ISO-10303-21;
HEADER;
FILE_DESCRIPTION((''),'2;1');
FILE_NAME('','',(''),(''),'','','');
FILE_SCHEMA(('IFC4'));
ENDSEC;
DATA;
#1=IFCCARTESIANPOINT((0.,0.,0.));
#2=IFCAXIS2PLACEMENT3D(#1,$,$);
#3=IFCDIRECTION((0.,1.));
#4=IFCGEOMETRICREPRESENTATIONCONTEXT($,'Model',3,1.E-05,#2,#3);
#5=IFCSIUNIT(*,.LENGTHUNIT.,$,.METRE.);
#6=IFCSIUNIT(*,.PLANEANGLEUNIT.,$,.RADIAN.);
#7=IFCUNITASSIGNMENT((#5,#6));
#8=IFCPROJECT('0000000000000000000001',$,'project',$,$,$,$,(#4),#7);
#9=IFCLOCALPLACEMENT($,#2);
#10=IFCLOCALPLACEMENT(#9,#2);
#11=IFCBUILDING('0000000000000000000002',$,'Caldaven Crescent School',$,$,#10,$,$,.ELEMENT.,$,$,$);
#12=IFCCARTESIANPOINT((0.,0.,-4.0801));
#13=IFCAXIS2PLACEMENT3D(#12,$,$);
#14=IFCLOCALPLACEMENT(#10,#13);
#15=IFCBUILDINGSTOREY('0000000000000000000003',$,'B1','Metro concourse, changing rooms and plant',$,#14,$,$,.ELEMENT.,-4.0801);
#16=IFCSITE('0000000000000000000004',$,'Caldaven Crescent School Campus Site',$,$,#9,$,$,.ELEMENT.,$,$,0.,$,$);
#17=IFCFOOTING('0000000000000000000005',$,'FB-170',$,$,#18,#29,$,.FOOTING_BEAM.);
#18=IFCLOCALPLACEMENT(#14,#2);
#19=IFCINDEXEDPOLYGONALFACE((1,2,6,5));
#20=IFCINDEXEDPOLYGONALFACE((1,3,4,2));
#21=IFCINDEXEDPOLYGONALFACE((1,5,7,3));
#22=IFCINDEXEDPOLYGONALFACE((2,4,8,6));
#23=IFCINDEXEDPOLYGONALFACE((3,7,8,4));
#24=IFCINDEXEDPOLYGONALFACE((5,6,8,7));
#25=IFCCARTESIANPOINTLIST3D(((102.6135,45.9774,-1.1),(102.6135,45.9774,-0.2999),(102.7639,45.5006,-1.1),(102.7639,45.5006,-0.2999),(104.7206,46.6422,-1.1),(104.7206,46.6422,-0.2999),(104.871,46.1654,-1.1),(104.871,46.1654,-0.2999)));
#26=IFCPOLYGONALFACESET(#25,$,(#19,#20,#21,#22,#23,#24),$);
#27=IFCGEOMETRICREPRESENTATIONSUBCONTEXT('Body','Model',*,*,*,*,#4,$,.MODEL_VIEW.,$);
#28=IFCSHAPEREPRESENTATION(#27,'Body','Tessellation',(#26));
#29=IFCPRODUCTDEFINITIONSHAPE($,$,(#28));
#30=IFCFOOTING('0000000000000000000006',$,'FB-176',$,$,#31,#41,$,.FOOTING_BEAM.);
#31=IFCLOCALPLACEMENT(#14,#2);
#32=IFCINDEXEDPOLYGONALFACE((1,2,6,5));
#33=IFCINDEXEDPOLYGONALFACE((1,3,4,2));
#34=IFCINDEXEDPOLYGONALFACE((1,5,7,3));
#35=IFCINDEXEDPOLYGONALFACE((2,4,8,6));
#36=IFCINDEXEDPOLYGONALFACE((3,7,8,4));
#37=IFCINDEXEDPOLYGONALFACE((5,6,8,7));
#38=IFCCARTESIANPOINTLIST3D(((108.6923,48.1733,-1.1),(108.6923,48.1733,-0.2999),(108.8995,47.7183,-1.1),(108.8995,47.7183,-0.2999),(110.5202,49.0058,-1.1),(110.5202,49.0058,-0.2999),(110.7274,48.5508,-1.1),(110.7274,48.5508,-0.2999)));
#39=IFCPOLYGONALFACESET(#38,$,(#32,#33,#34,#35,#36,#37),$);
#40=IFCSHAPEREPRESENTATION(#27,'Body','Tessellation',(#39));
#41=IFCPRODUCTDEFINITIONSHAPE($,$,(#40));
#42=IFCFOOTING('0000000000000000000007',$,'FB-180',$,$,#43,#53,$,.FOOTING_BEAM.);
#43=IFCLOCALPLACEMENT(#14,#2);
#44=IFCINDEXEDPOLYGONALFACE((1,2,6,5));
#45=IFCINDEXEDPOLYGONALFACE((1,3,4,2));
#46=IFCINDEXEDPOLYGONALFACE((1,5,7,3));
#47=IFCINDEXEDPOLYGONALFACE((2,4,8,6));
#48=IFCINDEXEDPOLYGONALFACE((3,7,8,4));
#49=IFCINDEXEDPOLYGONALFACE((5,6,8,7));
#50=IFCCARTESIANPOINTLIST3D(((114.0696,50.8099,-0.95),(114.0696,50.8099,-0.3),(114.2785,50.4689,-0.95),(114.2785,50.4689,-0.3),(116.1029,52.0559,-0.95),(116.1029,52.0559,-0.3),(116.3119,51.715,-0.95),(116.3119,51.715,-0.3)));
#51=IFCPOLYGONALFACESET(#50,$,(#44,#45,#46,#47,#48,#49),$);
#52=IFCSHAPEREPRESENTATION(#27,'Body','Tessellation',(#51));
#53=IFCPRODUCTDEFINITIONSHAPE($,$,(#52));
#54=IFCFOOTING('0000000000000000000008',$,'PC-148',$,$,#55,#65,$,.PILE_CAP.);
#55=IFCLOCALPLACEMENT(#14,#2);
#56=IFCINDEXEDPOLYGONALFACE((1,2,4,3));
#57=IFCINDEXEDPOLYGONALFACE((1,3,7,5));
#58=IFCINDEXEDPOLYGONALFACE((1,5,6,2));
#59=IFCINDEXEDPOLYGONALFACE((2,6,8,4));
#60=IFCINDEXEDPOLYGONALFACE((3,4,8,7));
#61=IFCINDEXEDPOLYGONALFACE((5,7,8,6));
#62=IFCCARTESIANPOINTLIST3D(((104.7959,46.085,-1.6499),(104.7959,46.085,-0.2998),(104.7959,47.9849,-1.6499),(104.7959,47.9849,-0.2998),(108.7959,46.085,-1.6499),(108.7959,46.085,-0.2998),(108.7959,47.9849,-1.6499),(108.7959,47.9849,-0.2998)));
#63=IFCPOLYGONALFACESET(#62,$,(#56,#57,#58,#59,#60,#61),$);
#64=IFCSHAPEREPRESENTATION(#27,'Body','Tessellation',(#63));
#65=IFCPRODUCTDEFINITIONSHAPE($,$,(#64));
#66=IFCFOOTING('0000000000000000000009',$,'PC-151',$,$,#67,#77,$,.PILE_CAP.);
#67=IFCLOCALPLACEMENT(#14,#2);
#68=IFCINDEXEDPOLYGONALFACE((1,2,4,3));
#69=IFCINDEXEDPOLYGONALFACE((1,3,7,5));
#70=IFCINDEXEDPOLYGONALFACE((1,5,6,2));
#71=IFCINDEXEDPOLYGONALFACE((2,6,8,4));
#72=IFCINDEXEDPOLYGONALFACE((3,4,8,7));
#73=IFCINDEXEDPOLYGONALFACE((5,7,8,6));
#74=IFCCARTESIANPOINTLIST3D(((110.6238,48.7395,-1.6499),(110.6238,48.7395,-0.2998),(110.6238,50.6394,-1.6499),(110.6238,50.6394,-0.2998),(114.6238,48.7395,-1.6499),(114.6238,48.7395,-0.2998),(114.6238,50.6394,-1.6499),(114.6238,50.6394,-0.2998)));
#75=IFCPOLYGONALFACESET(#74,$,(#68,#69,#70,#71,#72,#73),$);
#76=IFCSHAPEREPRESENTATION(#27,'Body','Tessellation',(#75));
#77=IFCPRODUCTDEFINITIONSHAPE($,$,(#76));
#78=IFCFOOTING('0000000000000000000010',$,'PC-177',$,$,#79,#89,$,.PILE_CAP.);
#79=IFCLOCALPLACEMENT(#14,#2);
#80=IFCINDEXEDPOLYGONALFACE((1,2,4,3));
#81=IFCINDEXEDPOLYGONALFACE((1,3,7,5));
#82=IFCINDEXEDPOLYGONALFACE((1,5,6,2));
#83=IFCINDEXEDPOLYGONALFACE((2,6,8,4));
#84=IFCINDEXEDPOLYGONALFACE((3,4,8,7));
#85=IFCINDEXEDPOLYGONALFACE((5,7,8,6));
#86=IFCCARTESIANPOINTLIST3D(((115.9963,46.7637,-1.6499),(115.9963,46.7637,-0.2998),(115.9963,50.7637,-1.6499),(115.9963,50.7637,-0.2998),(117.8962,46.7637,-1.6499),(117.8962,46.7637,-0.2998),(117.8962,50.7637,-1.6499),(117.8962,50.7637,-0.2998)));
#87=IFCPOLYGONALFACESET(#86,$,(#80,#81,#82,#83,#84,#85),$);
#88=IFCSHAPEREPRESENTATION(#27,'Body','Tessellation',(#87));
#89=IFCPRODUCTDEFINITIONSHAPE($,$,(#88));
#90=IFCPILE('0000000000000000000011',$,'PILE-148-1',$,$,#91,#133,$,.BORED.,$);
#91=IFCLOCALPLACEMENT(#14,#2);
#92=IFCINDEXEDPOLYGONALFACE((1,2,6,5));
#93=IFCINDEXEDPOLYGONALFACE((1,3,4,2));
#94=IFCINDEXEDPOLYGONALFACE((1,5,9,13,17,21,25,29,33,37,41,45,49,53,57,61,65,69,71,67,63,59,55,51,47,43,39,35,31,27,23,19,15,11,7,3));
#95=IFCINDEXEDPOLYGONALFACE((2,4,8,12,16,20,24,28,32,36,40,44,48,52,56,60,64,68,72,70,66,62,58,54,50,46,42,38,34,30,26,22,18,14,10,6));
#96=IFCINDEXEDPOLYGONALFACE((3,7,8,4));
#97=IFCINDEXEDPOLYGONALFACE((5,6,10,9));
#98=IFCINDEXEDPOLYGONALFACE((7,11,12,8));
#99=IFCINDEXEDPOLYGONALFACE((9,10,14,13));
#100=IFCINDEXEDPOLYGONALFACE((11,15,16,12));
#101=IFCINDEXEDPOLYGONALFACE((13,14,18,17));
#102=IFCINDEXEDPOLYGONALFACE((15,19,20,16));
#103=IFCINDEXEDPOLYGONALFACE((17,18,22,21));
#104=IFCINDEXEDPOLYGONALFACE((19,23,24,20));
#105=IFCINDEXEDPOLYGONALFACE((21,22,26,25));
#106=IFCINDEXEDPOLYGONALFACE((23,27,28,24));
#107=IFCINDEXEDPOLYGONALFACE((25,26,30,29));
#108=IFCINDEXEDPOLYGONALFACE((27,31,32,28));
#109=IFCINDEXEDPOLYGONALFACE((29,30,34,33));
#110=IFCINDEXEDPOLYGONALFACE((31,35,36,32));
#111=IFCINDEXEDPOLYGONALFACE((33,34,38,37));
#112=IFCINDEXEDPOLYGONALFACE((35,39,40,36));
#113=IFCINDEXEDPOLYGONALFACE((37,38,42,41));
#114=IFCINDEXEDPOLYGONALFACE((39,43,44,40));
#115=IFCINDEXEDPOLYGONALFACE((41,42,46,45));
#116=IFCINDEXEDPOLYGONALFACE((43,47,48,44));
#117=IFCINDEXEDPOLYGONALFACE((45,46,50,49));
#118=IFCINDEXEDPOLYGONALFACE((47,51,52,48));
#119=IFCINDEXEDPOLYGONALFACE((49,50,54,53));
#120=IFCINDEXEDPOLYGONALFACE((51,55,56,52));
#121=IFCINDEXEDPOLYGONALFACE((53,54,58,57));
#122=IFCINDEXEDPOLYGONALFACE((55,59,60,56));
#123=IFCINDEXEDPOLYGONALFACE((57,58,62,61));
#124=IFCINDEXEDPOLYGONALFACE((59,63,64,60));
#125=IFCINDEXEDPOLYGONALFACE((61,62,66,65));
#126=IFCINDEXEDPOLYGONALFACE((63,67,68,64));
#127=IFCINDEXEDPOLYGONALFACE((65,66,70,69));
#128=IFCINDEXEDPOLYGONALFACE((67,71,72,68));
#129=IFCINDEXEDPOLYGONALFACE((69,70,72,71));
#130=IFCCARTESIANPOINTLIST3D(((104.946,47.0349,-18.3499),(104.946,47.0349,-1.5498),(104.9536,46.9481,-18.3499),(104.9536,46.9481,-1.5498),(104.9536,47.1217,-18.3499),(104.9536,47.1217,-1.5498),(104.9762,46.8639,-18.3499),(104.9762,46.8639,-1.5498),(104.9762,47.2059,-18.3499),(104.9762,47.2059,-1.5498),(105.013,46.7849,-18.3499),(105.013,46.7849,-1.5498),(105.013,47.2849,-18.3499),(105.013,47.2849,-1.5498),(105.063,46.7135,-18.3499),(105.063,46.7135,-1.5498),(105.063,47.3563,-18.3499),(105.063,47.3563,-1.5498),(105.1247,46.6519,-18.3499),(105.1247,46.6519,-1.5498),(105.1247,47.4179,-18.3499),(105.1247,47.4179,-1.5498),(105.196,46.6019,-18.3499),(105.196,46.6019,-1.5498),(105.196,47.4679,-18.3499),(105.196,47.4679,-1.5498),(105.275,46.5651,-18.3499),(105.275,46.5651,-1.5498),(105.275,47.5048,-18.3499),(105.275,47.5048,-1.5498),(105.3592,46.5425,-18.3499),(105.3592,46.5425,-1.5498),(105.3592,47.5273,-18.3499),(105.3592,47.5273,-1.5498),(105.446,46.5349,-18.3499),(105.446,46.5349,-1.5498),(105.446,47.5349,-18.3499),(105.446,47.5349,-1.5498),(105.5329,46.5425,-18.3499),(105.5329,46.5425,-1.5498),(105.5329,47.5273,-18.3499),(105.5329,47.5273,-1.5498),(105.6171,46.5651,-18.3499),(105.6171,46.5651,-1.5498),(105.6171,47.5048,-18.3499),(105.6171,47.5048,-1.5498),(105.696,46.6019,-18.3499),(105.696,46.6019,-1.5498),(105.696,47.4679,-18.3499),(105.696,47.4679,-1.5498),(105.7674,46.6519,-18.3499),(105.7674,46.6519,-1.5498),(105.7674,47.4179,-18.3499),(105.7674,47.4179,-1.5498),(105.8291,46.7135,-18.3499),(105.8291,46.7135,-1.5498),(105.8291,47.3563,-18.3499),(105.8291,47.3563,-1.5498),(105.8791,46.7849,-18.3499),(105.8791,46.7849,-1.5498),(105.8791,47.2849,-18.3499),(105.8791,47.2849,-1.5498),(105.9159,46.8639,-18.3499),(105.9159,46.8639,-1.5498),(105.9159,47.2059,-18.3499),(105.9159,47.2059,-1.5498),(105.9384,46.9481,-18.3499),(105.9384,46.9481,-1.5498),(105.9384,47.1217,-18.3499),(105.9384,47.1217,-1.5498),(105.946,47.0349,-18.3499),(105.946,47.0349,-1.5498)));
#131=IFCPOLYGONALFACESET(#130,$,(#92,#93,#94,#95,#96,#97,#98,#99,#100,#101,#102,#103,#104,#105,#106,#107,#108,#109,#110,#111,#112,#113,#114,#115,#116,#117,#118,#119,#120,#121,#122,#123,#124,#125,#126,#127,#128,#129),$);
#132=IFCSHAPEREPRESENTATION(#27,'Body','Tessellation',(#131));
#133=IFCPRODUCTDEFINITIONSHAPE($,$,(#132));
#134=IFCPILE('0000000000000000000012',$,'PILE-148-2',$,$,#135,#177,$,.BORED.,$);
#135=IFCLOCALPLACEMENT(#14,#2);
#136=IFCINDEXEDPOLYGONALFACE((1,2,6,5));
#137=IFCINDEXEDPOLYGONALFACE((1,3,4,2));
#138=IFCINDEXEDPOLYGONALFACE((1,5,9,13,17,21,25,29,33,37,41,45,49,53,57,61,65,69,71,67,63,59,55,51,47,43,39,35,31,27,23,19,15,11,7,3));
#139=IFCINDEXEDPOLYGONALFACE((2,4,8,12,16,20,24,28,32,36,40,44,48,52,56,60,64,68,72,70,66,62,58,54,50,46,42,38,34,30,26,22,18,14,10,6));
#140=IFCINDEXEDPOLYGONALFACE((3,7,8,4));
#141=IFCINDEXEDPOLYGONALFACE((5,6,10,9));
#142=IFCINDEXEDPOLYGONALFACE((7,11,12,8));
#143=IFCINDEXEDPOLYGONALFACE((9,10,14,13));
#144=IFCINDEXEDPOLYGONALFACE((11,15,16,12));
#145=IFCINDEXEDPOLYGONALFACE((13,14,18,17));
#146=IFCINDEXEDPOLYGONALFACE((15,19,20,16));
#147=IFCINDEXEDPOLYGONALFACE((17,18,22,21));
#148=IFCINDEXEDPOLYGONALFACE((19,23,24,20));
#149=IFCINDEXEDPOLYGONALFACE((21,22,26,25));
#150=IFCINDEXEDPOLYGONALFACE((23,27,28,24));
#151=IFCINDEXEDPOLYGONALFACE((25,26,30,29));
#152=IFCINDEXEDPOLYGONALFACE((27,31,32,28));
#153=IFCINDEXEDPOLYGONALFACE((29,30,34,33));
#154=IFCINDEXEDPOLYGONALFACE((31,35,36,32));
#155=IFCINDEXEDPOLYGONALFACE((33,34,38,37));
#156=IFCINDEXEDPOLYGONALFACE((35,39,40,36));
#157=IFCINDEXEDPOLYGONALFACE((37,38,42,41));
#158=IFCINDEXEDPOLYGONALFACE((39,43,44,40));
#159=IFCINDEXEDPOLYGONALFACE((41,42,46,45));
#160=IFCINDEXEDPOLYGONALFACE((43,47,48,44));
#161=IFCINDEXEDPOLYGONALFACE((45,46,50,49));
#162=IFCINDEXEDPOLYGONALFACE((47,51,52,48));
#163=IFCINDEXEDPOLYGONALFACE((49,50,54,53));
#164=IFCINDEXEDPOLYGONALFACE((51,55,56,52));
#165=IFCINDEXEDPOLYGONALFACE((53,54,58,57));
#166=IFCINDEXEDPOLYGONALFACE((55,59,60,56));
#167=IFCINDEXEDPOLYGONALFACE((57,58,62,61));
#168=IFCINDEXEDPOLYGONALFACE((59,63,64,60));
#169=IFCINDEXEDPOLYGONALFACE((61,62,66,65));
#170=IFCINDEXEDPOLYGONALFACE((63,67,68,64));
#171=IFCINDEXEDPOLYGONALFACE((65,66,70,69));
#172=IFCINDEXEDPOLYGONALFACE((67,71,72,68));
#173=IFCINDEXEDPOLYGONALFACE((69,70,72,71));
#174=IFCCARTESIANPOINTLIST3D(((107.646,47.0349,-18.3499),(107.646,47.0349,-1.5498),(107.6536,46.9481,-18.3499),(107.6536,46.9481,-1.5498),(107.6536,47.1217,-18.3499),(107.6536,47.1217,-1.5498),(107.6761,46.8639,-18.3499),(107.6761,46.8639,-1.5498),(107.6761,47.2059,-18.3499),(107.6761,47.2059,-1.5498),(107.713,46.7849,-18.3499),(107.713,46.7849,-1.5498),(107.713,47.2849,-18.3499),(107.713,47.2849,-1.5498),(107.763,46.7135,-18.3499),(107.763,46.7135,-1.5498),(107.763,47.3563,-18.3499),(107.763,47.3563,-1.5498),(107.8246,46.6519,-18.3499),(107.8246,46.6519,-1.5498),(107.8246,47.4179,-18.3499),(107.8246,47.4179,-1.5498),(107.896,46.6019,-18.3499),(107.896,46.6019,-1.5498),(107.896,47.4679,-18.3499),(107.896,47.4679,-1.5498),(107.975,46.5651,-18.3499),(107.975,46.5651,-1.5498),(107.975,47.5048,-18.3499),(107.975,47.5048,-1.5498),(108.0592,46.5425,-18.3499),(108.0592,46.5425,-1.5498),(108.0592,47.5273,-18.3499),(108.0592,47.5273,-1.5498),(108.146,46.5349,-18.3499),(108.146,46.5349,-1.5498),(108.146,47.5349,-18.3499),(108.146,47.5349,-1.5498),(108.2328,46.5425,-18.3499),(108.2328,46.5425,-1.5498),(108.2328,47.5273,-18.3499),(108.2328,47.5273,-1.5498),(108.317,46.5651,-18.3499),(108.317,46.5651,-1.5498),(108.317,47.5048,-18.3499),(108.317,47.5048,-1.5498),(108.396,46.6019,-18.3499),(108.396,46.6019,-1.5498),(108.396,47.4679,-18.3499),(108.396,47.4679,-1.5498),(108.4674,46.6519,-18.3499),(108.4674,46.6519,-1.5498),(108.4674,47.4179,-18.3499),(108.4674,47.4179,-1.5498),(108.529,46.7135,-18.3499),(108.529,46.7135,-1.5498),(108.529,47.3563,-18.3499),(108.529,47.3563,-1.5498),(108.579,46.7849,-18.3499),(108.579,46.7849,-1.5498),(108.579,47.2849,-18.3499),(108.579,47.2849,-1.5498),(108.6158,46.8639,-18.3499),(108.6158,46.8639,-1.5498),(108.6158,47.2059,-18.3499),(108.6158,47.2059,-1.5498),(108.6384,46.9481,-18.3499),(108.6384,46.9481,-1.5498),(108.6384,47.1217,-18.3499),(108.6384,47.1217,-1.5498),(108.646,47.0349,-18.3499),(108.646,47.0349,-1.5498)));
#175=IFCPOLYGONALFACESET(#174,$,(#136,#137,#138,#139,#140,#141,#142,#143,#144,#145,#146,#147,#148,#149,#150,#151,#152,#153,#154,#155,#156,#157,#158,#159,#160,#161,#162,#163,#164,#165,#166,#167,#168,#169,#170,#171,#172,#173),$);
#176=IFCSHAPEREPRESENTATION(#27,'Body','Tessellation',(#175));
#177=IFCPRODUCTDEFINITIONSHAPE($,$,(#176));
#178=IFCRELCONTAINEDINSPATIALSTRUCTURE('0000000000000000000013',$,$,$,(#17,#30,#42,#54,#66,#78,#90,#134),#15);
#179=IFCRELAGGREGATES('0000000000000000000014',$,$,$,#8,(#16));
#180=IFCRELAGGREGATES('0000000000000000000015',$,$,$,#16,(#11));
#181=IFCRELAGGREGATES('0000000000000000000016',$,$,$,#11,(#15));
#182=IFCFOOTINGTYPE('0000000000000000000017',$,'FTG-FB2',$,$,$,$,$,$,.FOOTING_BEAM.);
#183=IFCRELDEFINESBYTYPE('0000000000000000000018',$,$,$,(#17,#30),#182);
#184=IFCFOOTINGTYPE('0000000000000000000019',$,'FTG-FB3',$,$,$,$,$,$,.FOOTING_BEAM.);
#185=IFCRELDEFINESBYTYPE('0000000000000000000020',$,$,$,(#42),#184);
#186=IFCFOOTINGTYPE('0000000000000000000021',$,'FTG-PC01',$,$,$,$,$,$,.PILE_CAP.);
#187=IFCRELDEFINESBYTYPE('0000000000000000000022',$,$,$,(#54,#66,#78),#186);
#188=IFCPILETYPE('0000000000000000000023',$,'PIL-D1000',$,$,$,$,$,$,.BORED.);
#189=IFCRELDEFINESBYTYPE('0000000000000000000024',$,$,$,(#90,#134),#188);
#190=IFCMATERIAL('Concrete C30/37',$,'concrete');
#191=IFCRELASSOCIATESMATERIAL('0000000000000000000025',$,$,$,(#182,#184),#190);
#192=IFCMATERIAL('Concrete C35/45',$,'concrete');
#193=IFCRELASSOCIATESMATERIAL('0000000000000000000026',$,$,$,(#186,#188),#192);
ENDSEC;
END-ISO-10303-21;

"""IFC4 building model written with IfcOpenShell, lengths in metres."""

from ifc_helpers import new_model, si_unit, direction, frame, origin, origin_2d, place, context, subcontext, project, spatial, rectangle, circle, extrude, material, material_profile, profile_set, type_object, element, save


model = new_model("IFC4")

# Units and contexts
model_context = context("Model", 3, precision=1e-05, world=origin(), true_north=direction((0.0, 1.0)))
body_context = subcontext(model_context, "Body", "Model", "MODEL_VIEW")
ifc_project = project(units=[si_unit("LENGTHUNIT", "METRE"), si_unit("PLANEANGLEUNIT", "RADIAN")], contexts=[model_context])

# Site, building, storey
site_placement = place(None, origin())
site = spatial("IfcSite", under=ifc_project, at=site_placement, Name="Caldaven Crescent School Campus Site", CompositionType="ELEMENT", RefElevation=0.0)
building_placement = place(site_placement, origin())
building = spatial("IfcBuilding", under=site, at=building_placement, Name="Caldaven Crescent School", CompositionType="ELEMENT")
storey_placement = place(building_placement, frame((0.0, 0.0, -4.0801)))
storey = spatial("IfcBuildingStorey", under=building, at=storey_placement, Name="B1", Description="Metro concourse, changing rooms and plant", CompositionType="ELEMENT", Elevation=-4.0801)

# Footings
ifc_material_1 = material(Name="Concrete C30/37", Category="concrete")
ifc_material_profile_1 = material_profile(ifc_material_1, rectangle(XDim=0.5, YDim=0.8, at=origin_2d()), Name="FB 500x800")
ifc_profile_set_1 = profile_set([ifc_material_profile_1], Name="Concrete C30/37")
footing_type_1 = type_object("IfcFootingType", Name="FTG-FB2", PredefinedType="FOOTING_BEAM", material=ifc_profile_set_1)
footing_1_placement = place(storey_placement, frame((102.6887, 45.739, -0.7), z_axis=(0.953664, 0.300872, 0.0), x_axis=(-0.300872, 0.953664, 0.0)))
element("IfcFooting", 1, at=footing_1_placement, inside=storey, type_object=footing_type_1, Name="FB-170", PredefinedType="FOOTING_BEAM", context=body_context, shape_type="SweptSolid", body=[
    extrude(rectangle(XDim=0.5, YDim=0.8, at=origin_2d()), origin(), (0.0, 0.0, 1.0), 2.2095),
])
footing_2_placement = place(storey_placement, frame((108.7959, 47.9458, -0.7), z_axis=(0.910054, 0.41449, 0.0), x_axis=(-0.41449, 0.910054, 0.0)))
element("IfcFooting", 2, at=footing_2_placement, inside=storey, type_object=footing_type_1, Name="FB-176", PredefinedType="FOOTING_BEAM", context=body_context, shape_type="SweptSolid", body=[
    extrude(rectangle(XDim=0.5, YDim=0.8, at=origin_2d()), origin(), (0.0, 0.0, 1.0), 2.0085),
])
ifc_material_profile_2 = material_profile(ifc_material_1, rectangle(XDim=0.3999, YDim=0.6499, at=origin_2d()), Name="FB 400x650")
ifc_profile_set_2 = profile_set([ifc_material_profile_2], Name="Concrete C30/37")
footing_type_2 = type_object("IfcFootingType", Name="FTG-FB3", PredefinedType="FOOTING_BEAM", material=ifc_profile_set_2)
footing_3_placement = place(storey_placement, frame((114.1741, 50.6394, -0.625), z_axis=(0.852641, 0.522497, 0.0), x_axis=(-0.522497, 0.852641, 0.0)))
element("IfcFooting", 3, at=footing_3_placement, inside=storey, type_object=footing_type_2, Name="FB-180", PredefinedType="FOOTING_BEAM", context=body_context, shape_type="SweptSolid", body=[
    extrude(rectangle(XDim=0.3999, YDim=0.6499, at=origin_2d()), origin(), (0.0, 0.0, 1.0), 2.3848),
])
ifc_material_2 = material(Name="Concrete C35/45", Category="concrete")
footing_type_3 = type_object("IfcFootingType", Name="FTG-PC01", PredefinedType="PILE_CAP", material=ifc_material_2)
for number, where, z_axis, x_axis, name in (
    (4, (106.7959, 47.0349, -1.6499), (0.0, 0.0, 1.0), (1.0, 0.0, 0.0), "PC-148"),
    (5, (112.6238, 49.6895, -1.6499), (0.0, 0.0, 1.0), (1.0, 0.0, 0.0), "PC-151"),
    (6, (116.9463, 48.7637, -1.6499), (0.0, 0.0, 1.0), (0.0, 1.0, 0.0), "PC-177"),
):
    element("IfcFooting", number, at=place(storey_placement, frame(where, z_axis=z_axis, x_axis=x_axis)), inside=storey, type_object=footing_type_3, Name=name, PredefinedType="PILE_CAP", context=body_context, shape_type="SweptSolid", body=[
        extrude(rectangle(XDim=4.0, YDim=1.8999, at=origin_2d()), origin(), (0.0, 0.0, 1.0), 1.3501),
    ])

# Piles
ifc_material_profile_3 = material_profile(ifc_material_2, circle(Radius=0.5, at=origin_2d()), Name="PILE D1000")
ifc_profile_set_3 = profile_set([ifc_material_profile_3], Name="Concrete C35/45")
pile_type_1 = type_object("IfcPileType", Name="PIL-D1000", PredefinedType="BORED", material=ifc_profile_set_3)
for number, where, z_axis, x_axis, name in (
    (7, (105.446, 47.0349, -1.5498), (0.0, 0.0, -1.0), (1.0, 0.0, 0.0), "PILE-148-1"),
    (8, (108.146, 47.0349, -1.5498), (0.0, 0.0, -1.0), (1.0, 0.0, 0.0), "PILE-148-2"),
):
    element("IfcPile", number, at=place(storey_placement, frame(where, z_axis=z_axis, x_axis=x_axis)), inside=storey, type_object=pile_type_1, Name=name, PredefinedType="BORED", context=body_context, shape_type="SweptSolid", body=[
        extrude(circle(Radius=0.5, at=origin_2d()), origin(), (0.0, 0.0, 1.0), 16.8),
    ])

save(model, "model.ifc")
